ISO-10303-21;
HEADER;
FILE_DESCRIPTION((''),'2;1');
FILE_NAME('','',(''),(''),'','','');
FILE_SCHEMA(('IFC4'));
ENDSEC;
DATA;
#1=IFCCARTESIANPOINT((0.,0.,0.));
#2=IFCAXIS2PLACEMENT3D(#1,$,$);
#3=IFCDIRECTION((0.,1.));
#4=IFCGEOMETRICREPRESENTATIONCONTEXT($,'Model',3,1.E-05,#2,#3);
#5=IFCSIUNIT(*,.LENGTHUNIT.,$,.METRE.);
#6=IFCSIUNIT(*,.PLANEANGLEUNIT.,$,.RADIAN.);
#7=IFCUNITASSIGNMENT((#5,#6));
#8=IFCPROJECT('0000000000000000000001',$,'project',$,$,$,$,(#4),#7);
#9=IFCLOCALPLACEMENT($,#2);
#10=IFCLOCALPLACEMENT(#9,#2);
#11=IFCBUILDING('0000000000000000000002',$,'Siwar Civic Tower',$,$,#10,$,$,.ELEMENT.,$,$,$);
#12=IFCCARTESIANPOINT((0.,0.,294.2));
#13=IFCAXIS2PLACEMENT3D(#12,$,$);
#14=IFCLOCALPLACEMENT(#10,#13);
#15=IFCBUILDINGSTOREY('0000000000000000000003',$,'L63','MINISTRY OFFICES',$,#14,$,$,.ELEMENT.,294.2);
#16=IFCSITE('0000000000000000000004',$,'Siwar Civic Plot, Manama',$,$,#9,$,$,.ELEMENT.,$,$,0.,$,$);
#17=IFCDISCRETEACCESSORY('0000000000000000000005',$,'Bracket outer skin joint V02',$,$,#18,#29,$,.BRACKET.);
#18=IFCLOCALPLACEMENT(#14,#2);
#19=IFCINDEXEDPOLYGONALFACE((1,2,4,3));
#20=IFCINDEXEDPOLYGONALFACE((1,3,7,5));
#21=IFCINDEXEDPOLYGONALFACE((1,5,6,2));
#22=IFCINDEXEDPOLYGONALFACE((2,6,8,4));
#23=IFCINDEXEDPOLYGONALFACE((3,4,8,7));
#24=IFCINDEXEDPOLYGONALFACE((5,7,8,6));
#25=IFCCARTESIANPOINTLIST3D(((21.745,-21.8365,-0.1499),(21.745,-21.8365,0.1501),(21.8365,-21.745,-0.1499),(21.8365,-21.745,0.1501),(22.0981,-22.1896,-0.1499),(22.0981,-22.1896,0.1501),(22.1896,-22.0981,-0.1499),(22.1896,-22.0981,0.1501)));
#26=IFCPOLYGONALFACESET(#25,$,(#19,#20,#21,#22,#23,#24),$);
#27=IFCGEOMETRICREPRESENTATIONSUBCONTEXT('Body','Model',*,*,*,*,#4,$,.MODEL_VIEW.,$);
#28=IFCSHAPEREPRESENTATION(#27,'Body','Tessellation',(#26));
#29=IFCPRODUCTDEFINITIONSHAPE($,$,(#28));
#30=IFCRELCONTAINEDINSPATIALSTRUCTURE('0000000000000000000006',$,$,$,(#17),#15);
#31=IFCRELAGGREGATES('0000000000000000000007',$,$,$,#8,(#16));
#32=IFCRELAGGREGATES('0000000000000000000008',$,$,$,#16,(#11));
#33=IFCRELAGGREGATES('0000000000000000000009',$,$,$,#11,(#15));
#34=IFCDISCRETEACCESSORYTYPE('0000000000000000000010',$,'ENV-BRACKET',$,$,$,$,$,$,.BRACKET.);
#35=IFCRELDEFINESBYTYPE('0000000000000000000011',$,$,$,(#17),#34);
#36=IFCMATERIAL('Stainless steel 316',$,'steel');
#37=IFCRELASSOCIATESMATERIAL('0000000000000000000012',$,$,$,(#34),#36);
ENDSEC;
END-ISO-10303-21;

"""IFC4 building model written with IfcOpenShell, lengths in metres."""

from ifc_helpers import new_model, si_unit, direction, frame, origin, origin_2d, place, context, subcontext, project, spatial, rectangle, extrude, material, type_object, element, save


model = new_model("IFC4")

# Units and contexts
model_context = context("Model", 3, precision=1e-05, world=origin(), true_north=direction((0.0, 1.0)))
body_context = subcontext(model_context, "Body", "Model", "MODEL_VIEW")
ifc_project = project(units=[si_unit("LENGTHUNIT", "METRE"), si_unit("PLANEANGLEUNIT", "RADIAN")], contexts=[model_context])

# Site, building, storey
site_placement = place(None, origin())
site = spatial("IfcSite", under=ifc_project, at=site_placement, Name="Siwar Civic Plot, Manama", CompositionType="ELEMENT", RefElevation=0.0)
building_placement = place(site_placement, origin())
building = spatial("IfcBuilding", under=site, at=building_placement, Name="Siwar Civic Tower", CompositionType="ELEMENT")
storey_placement = place(building_placement, frame((0.0, 0.0, 294.2)))
storey = spatial("IfcBuildingStorey", under=building, at=storey_placement, Name="L63", Description="MINISTRY OFFICES", CompositionType="ELEMENT", Elevation=294.2)

# Discrete accessory
ifc_material_1 = material(Name="Stainless steel 316", Category="steel")
discrete_accessory_type = type_object("IfcDiscreteAccessoryType", Name="ENV-BRACKET", PredefinedType="BRACKET", material=ifc_material_1)
discrete_accessory_1_placement = place(storey_placement, frame((21.9673, -21.9673, -0.1499), z_axis=(0.0, 0.0, 1.0), x_axis=(0.707107, -0.707107, 0.0)))
element("IfcDiscreteAccessory", 1, at=discrete_accessory_1_placement, inside=storey, type_object=discrete_accessory_type, Name="Bracket outer skin joint V02", PredefinedType="BRACKET", context=body_context, shape_type="SweptSolid", body=[
    extrude(rectangle(XDim=0.4993, YDim=0.1294, at=origin_2d()), origin(), (0.0, 0.0, 1.0), 0.3),
])

save(model, "model.ifc")
